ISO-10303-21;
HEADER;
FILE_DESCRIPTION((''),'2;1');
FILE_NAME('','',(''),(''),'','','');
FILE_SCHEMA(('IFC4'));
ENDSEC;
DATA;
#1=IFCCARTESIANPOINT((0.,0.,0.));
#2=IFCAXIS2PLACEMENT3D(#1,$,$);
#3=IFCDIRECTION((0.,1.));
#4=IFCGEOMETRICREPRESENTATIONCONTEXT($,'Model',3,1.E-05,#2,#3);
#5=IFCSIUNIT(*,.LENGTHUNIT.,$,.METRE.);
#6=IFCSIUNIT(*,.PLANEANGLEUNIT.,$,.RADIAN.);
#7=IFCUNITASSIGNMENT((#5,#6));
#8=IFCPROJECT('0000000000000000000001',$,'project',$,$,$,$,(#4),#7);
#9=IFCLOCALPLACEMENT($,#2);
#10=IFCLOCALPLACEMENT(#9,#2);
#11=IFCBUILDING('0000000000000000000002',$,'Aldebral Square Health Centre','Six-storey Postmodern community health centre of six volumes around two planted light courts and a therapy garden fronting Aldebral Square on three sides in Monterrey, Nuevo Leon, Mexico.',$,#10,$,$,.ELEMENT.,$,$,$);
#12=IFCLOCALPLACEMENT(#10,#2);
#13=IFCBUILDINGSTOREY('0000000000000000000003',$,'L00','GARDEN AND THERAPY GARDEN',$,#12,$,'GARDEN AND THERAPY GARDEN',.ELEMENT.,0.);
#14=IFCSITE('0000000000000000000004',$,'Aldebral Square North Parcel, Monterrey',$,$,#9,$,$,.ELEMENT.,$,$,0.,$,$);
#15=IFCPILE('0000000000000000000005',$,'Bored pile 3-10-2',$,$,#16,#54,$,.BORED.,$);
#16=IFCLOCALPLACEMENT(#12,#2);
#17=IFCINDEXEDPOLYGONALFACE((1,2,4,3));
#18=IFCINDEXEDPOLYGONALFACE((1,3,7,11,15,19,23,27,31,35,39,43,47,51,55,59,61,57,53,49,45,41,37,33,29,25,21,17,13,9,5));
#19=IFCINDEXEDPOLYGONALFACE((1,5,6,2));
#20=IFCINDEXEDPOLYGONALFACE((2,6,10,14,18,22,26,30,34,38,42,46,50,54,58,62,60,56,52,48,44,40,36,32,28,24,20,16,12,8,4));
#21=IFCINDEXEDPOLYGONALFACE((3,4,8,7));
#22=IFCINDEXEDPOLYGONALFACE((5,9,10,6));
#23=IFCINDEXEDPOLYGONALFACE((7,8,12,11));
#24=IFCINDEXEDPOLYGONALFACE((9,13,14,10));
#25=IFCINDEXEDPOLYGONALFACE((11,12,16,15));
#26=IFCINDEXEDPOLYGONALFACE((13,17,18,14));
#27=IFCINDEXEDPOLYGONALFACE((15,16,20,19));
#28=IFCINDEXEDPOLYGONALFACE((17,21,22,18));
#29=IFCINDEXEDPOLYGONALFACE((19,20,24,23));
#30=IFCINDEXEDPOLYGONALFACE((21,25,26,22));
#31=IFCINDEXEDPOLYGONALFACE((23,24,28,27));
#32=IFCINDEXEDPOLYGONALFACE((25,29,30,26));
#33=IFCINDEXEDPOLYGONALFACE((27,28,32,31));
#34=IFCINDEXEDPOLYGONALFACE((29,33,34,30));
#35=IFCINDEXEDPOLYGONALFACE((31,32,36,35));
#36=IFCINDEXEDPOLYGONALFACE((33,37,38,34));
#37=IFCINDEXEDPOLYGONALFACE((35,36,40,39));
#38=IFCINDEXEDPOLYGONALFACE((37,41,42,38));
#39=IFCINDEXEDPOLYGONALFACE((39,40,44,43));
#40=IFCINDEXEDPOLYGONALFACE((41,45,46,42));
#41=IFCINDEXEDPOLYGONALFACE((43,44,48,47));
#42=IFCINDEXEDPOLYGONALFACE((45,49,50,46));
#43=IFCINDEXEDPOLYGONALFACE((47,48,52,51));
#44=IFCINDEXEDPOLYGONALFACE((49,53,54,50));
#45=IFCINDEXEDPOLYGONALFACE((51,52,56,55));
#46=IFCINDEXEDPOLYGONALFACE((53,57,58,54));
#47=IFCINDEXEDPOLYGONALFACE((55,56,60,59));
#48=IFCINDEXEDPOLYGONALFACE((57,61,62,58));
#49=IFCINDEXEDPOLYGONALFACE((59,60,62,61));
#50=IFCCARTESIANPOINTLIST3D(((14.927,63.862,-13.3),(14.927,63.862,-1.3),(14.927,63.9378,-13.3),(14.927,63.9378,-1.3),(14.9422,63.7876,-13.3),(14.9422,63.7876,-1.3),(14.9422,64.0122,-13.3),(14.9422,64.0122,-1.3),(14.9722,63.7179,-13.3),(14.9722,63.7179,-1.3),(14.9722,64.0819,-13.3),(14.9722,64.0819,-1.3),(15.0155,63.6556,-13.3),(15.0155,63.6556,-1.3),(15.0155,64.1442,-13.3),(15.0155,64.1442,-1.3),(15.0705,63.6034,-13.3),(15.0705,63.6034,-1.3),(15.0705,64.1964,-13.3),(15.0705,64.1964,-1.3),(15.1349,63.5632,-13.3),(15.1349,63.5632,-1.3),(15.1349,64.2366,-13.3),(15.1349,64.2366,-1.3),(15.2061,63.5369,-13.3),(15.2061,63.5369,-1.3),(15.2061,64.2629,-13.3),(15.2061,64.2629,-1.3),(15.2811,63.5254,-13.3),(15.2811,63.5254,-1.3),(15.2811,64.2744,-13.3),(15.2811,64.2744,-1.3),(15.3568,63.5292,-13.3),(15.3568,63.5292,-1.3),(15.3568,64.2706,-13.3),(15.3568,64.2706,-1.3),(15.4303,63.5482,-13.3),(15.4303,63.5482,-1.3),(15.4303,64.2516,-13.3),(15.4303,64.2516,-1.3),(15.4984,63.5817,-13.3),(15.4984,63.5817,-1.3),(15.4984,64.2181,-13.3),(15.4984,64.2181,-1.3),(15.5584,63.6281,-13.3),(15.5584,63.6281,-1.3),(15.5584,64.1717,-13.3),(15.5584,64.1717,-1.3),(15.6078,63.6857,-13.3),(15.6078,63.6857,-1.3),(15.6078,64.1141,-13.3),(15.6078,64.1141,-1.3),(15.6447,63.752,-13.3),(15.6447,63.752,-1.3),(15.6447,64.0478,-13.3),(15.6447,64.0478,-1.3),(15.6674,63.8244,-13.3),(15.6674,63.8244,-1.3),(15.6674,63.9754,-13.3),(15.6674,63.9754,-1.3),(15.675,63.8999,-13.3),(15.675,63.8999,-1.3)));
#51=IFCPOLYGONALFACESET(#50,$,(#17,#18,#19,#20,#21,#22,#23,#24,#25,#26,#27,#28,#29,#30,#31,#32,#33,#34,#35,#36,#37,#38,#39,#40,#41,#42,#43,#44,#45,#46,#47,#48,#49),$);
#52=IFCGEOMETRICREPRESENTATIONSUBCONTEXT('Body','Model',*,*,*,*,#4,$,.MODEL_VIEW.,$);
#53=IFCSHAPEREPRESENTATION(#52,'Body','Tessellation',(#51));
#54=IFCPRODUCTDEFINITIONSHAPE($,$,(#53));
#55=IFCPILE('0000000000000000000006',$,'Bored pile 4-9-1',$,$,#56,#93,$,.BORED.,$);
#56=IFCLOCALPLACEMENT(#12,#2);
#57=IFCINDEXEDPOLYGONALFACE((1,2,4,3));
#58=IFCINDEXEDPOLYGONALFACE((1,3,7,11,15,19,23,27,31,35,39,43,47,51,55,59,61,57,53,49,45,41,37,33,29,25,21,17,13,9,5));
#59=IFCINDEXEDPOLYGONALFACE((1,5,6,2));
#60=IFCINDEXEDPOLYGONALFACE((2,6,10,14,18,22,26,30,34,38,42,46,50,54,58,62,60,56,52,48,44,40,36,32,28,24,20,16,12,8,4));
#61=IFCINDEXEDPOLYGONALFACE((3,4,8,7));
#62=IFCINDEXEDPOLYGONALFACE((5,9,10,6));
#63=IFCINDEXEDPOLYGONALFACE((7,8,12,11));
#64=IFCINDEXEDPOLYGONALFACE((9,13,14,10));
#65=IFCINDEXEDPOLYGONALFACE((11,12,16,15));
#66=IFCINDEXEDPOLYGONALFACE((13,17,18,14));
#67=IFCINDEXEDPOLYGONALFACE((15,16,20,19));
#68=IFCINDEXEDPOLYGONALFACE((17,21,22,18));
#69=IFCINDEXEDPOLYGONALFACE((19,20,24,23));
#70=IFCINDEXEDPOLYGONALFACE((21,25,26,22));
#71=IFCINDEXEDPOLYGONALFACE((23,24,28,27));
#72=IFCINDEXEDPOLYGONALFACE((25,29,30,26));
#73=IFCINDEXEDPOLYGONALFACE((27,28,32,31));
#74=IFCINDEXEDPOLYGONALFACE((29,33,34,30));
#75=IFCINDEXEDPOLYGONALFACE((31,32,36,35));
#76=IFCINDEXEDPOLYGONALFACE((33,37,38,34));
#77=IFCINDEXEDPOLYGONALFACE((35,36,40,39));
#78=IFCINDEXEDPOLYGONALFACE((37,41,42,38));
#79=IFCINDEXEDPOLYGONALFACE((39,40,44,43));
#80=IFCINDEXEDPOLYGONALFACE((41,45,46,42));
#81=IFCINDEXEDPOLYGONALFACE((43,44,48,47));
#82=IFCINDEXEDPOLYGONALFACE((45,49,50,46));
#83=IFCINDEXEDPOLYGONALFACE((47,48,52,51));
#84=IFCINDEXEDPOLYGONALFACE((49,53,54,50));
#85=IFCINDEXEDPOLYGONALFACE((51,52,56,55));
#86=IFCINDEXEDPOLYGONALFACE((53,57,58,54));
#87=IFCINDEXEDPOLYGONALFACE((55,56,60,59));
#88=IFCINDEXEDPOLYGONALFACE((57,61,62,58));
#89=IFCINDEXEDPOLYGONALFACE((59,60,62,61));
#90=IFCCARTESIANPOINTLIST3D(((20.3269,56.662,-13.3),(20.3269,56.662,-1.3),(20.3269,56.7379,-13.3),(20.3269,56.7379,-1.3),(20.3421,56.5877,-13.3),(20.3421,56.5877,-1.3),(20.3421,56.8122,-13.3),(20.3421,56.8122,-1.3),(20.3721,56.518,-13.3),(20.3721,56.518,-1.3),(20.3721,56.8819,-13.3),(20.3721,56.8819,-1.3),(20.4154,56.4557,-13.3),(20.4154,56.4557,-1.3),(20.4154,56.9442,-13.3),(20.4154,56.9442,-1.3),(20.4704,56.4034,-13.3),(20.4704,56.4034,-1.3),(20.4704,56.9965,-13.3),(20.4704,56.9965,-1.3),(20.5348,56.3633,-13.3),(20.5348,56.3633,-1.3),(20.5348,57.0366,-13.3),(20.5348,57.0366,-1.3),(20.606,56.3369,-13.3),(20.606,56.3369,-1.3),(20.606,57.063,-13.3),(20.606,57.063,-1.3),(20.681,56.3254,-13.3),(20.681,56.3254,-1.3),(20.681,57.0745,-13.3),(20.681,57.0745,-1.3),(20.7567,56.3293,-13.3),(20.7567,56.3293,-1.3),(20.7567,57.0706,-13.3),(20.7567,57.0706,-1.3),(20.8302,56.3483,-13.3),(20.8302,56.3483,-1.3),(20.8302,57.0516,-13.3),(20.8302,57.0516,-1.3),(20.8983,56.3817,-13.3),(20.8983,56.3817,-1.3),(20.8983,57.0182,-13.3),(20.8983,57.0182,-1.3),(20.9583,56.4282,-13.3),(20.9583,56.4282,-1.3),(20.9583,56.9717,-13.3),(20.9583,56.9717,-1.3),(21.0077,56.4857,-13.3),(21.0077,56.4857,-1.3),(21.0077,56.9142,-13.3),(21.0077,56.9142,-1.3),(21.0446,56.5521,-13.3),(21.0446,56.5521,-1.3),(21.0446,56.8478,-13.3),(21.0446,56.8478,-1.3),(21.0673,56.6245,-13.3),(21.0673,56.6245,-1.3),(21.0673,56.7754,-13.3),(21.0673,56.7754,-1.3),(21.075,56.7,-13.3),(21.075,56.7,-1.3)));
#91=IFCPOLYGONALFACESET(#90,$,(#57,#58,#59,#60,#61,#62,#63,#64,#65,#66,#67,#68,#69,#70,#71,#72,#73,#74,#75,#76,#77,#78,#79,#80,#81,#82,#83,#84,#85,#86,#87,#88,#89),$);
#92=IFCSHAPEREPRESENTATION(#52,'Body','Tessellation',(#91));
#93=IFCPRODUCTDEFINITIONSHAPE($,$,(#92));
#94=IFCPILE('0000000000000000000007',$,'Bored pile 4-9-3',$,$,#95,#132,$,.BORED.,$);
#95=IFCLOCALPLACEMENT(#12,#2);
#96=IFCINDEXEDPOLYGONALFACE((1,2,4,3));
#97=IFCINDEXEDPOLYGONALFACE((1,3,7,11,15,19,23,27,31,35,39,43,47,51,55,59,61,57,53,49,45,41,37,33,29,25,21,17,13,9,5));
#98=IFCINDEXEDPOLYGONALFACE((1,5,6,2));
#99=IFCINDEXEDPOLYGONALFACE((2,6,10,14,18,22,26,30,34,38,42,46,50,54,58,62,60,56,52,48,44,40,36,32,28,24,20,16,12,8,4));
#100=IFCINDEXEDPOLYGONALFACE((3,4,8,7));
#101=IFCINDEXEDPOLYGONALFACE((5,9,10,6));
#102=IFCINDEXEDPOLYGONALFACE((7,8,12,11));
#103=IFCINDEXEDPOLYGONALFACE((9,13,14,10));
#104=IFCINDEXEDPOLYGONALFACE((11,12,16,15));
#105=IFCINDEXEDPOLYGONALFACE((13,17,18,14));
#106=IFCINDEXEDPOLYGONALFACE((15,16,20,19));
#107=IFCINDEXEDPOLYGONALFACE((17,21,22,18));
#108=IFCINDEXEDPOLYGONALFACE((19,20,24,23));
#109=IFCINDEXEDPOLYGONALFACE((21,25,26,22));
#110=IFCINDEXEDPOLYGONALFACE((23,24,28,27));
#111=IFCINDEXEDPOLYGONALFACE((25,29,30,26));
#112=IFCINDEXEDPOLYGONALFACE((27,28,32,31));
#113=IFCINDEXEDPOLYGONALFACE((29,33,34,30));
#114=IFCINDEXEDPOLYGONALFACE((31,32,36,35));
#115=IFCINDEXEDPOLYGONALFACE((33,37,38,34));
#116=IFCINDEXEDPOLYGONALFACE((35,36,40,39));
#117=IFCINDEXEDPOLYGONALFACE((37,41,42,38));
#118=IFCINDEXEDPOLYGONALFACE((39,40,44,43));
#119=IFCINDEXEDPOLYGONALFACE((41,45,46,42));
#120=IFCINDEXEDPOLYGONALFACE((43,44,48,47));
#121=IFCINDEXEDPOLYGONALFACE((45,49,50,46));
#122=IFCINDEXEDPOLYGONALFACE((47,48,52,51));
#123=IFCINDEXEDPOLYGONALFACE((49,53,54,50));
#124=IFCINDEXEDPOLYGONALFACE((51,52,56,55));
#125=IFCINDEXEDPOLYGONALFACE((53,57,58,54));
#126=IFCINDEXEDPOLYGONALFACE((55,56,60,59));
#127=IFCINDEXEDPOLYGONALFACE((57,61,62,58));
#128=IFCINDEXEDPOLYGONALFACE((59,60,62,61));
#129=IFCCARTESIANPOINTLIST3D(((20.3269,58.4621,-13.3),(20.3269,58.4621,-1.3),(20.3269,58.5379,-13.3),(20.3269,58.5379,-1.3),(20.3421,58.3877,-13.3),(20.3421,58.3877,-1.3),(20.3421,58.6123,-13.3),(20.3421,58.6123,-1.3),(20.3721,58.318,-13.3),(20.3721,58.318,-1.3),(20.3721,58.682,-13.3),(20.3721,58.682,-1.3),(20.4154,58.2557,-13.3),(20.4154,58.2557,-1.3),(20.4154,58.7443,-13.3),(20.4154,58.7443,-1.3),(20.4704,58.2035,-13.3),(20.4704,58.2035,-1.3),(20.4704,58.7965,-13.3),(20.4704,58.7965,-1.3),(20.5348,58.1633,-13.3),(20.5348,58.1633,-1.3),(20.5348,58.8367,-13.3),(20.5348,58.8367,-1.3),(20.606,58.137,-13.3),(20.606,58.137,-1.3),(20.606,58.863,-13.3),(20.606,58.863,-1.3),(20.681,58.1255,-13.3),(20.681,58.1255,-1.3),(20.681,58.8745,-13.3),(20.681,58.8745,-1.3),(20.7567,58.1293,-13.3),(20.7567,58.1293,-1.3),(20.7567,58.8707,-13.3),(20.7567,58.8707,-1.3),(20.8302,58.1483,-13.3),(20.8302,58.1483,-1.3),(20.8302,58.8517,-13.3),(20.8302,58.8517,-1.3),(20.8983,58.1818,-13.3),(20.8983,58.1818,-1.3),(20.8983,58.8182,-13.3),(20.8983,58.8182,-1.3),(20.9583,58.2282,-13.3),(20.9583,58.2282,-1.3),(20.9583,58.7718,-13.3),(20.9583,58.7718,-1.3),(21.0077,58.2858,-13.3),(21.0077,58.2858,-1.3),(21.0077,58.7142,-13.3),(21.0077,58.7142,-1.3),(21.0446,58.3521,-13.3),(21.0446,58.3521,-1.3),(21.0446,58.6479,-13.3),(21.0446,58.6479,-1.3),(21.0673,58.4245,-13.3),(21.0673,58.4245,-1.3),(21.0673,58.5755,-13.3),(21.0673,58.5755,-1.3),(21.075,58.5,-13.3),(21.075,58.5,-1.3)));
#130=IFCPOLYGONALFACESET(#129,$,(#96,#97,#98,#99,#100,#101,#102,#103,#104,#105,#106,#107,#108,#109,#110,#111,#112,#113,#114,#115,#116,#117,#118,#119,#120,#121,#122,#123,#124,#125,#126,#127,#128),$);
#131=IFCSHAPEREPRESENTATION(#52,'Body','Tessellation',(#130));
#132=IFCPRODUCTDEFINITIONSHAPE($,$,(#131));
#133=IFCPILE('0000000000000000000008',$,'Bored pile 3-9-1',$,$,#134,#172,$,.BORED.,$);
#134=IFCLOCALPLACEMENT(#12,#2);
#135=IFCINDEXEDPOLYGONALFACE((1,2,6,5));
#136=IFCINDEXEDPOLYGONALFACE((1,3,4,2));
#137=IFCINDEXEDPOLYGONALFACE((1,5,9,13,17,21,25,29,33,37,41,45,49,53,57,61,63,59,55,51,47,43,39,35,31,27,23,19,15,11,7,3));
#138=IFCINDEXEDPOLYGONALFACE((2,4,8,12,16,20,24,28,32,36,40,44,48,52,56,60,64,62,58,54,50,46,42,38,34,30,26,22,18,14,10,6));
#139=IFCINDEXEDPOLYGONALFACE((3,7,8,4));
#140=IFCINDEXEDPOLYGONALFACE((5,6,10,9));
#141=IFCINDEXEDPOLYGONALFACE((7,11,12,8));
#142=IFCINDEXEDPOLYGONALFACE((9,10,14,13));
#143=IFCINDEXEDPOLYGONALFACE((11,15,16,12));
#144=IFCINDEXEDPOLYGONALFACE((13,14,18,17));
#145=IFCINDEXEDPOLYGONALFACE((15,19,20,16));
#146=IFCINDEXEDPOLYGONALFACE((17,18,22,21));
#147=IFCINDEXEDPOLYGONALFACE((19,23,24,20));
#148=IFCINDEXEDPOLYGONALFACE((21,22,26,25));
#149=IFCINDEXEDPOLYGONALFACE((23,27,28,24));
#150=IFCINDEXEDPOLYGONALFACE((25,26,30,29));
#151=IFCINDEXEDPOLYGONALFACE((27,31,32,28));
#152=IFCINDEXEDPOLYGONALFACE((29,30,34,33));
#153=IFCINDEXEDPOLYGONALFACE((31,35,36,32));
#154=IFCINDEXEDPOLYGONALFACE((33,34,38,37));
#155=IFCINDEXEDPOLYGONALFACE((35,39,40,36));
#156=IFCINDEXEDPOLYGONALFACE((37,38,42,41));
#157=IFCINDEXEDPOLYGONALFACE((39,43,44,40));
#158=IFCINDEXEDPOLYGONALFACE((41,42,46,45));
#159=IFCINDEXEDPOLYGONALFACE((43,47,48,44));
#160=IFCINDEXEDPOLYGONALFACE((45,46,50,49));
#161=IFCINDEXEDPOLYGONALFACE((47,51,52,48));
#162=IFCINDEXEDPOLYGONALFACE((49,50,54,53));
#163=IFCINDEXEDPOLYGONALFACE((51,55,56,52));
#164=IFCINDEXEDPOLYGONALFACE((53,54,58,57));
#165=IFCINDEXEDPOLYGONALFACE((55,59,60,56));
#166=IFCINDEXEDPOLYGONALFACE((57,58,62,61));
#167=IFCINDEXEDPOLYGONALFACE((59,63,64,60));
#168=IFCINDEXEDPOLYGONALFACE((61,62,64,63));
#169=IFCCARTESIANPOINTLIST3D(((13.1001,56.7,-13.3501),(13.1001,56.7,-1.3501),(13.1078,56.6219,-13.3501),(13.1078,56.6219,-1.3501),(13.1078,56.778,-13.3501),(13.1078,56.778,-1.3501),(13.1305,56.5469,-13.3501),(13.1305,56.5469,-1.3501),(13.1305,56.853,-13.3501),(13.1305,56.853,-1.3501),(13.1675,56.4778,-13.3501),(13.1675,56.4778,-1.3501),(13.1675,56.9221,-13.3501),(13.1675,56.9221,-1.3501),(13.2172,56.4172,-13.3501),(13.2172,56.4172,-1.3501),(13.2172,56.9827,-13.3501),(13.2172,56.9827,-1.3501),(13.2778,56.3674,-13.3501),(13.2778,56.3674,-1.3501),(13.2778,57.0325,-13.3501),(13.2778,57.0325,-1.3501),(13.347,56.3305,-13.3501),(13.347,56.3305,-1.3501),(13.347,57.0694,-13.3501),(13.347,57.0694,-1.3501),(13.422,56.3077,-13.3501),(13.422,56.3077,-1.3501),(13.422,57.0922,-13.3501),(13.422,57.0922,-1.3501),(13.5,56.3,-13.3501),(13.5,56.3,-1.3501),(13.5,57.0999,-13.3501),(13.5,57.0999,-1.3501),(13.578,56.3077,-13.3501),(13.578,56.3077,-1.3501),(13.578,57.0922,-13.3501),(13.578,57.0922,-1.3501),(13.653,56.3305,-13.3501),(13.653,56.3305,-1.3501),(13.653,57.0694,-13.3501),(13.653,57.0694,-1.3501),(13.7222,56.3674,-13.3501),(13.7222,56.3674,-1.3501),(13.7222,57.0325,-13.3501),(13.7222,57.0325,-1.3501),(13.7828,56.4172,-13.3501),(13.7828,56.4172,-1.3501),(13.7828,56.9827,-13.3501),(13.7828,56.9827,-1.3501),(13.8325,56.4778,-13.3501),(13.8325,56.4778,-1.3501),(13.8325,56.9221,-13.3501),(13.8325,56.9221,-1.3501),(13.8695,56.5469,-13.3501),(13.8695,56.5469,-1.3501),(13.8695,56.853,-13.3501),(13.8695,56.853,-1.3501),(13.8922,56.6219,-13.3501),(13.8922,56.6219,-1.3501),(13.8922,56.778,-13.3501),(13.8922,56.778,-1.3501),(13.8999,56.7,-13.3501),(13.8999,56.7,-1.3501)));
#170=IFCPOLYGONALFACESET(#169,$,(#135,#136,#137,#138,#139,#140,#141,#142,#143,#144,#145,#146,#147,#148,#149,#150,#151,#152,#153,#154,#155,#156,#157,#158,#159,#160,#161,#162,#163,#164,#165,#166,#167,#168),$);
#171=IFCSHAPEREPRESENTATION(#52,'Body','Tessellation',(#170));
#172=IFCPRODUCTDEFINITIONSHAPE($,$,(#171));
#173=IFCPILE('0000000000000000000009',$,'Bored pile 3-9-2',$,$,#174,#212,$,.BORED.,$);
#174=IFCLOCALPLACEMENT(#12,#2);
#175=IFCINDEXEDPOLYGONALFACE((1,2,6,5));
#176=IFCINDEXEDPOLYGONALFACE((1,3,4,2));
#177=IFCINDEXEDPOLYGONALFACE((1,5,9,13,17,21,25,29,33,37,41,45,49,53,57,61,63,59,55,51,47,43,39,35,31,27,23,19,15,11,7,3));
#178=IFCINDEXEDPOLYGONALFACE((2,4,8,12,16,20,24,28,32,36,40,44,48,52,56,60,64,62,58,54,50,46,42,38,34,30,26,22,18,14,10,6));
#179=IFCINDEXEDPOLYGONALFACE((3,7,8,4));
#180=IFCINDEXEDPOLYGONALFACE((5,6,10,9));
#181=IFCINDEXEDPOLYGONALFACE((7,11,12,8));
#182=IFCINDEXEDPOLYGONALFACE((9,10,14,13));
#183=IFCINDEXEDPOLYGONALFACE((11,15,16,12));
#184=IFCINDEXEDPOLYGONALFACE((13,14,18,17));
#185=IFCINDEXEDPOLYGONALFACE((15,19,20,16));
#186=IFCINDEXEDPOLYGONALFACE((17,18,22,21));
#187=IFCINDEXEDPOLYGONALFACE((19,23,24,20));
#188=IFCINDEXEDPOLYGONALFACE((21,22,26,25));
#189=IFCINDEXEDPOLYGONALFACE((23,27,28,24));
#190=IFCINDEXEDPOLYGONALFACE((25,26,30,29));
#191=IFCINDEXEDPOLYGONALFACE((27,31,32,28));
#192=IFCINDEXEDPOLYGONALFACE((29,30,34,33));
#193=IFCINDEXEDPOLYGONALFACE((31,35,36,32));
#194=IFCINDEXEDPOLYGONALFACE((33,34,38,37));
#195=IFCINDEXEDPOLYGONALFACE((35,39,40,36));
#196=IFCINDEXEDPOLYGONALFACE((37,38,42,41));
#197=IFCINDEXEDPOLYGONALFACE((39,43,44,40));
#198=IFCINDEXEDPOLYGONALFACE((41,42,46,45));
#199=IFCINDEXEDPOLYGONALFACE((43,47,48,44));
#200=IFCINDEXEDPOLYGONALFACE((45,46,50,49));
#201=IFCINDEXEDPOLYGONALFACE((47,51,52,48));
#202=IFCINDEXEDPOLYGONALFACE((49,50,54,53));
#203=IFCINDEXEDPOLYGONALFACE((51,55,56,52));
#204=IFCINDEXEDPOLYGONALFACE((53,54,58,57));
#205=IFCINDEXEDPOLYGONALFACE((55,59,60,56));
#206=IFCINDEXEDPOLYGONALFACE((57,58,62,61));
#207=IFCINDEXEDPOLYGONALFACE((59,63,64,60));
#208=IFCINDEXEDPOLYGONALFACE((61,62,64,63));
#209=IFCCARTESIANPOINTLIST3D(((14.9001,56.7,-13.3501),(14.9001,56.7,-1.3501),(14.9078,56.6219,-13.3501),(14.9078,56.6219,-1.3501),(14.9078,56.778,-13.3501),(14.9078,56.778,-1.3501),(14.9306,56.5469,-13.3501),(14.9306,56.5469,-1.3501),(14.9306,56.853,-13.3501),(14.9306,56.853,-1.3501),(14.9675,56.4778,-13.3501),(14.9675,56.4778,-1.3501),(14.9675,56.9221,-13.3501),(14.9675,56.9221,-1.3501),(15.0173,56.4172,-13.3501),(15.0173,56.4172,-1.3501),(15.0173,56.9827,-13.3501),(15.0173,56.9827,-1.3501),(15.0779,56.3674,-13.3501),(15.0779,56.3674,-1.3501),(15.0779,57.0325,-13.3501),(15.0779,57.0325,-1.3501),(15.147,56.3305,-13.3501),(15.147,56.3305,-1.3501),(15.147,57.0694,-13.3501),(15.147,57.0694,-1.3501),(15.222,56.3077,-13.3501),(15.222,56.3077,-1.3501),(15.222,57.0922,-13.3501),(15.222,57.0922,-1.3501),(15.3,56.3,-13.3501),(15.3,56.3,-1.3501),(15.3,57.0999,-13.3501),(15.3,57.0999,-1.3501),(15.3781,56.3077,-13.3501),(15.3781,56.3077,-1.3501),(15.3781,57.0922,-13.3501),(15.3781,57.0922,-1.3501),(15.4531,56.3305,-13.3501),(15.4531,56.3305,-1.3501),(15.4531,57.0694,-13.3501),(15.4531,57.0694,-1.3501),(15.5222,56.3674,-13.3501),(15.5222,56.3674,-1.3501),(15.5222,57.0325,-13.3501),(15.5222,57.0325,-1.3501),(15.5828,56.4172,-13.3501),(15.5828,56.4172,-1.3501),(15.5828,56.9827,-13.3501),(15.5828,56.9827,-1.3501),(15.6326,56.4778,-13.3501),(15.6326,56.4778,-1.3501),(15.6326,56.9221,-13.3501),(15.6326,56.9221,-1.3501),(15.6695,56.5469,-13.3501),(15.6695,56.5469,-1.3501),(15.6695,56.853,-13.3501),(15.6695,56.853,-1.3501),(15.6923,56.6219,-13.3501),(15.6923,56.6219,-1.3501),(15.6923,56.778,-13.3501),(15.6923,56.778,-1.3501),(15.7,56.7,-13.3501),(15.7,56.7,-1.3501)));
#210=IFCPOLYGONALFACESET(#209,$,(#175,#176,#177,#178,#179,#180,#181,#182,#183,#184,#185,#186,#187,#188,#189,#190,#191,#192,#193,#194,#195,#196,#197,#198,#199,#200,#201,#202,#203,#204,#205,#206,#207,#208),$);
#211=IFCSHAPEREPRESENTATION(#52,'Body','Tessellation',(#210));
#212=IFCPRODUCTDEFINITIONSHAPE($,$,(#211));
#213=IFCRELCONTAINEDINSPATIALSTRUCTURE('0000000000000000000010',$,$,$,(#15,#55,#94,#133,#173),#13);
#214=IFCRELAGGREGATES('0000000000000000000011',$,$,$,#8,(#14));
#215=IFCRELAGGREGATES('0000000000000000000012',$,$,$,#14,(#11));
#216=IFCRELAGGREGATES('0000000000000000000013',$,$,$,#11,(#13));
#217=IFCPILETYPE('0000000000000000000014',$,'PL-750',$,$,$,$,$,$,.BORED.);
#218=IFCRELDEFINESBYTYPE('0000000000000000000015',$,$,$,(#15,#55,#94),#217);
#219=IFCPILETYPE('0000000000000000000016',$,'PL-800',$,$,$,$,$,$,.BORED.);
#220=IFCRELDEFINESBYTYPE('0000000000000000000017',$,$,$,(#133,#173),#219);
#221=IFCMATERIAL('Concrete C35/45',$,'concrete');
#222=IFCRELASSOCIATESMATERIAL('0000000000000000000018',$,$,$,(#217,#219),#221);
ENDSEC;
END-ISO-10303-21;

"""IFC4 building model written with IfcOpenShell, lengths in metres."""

from ifc_helpers import new_model, si_unit, direction, frame, origin, origin_2d, place, context, subcontext, project, spatial, circle, extrude, material, material_profile, profile_set, type_object, element, save


model = new_model("IFC4")

# Units and contexts
model_context = context("Model", 3, precision=1e-05, world=origin(), true_north=direction((0.0, 1.0)))
body_context = subcontext(model_context, "Body", "Model", "MODEL_VIEW")
ifc_project = project(units=[si_unit("LENGTHUNIT", "METRE"), si_unit("PLANEANGLEUNIT", "RADIAN")], contexts=[model_context])

# Site, building, storey
site_placement = place(None, origin())
site = spatial("IfcSite", under=ifc_project, at=site_placement, Name="Aldebral Square North Parcel, Monterrey", CompositionType="ELEMENT", RefElevation=0.0)
building_placement = place(site_placement, origin())
building = spatial("IfcBuilding", under=site, at=building_placement, Name="Aldebral Square Health Centre", Description="Six-storey Postmodern community health centre of six volumes around two planted light courts and a therapy garden fronting Aldebral Square on three sides in Monterrey, Nuevo Leon, Mexico.", CompositionType="ELEMENT")
storey_placement = place(building_placement, origin())
storey = spatial("IfcBuildingStorey", under=building, at=storey_placement, Name="L00", Description="GARDEN AND THERAPY GARDEN", LongName="GARDEN AND THERAPY GARDEN", CompositionType="ELEMENT", Elevation=0.0)

# Shared definitions
ifc_material_1 = material(Name="Concrete C35/45", Category="concrete")

# Piles
ifc_material_profile_1 = material_profile(ifc_material_1, circle(Radius=0.375, at=origin_2d()), Name="PILE D750")
ifc_profile_set_1 = profile_set([ifc_material_profile_1], Name="Concrete C35/45")
pile_type_1 = type_object("IfcPileType", Name="PL-750", PredefinedType="BORED", material=ifc_profile_set_1)
for number, where, z_axis, x_axis, name in (
    (1, (15.3, 63.8999, -1.3), (0.0, 0.0, -1.0), (1.0, 0.0, 0.0), "Bored pile 3-10-2"),
    (2, (20.7, 56.7, -1.3), (0.0, 0.0, -1.0), (1.0, 0.0, 0.0), "Bored pile 4-9-1"),
    (3, (20.7, 58.5, -1.3), (0.0, 0.0, -1.0), (1.0, 0.0, 0.0), "Bored pile 4-9-3"),
):
    element("IfcPile", number, at=place(storey_placement, frame(where, z_axis=z_axis, x_axis=x_axis)), inside=storey, type_object=pile_type_1, Name=name, PredefinedType="BORED", context=body_context, shape_type="SweptSolid", body=[
        extrude(circle(Radius=0.375, at=origin_2d()), origin(), (0.0, 0.0, 1.0), 12.0),
    ])
ifc_material_profile_2 = material_profile(ifc_material_1, circle(Radius=0.3999, at=origin_2d()), Name="PILE D800")
ifc_profile_set_2 = profile_set([ifc_material_profile_2], Name="Concrete C35/45")
pile_type_2 = type_object("IfcPileType", Name="PL-800", PredefinedType="BORED", material=ifc_profile_set_2)
for number, where, z_axis, x_axis, name in (
    (4, (13.5, 56.7, -1.3501), (0.0, 0.0, -1.0), (1.0, 0.0, 0.0), "Bored pile 3-9-1"),
    (5, (15.3, 56.7, -1.3501), (0.0, 0.0, -1.0), (1.0, 0.0, 0.0), "Bored pile 3-9-2"),
):
    element("IfcPile", number, at=place(storey_placement, frame(where, z_axis=z_axis, x_axis=x_axis)), inside=storey, type_object=pile_type_2, Name=name, PredefinedType="BORED", context=body_context, shape_type="SweptSolid", body=[
        extrude(circle(Radius=0.3999, at=origin_2d()), origin(), (0.0, 0.0, 1.0), 12.0),
    ])

save(model, "model.ifc")
